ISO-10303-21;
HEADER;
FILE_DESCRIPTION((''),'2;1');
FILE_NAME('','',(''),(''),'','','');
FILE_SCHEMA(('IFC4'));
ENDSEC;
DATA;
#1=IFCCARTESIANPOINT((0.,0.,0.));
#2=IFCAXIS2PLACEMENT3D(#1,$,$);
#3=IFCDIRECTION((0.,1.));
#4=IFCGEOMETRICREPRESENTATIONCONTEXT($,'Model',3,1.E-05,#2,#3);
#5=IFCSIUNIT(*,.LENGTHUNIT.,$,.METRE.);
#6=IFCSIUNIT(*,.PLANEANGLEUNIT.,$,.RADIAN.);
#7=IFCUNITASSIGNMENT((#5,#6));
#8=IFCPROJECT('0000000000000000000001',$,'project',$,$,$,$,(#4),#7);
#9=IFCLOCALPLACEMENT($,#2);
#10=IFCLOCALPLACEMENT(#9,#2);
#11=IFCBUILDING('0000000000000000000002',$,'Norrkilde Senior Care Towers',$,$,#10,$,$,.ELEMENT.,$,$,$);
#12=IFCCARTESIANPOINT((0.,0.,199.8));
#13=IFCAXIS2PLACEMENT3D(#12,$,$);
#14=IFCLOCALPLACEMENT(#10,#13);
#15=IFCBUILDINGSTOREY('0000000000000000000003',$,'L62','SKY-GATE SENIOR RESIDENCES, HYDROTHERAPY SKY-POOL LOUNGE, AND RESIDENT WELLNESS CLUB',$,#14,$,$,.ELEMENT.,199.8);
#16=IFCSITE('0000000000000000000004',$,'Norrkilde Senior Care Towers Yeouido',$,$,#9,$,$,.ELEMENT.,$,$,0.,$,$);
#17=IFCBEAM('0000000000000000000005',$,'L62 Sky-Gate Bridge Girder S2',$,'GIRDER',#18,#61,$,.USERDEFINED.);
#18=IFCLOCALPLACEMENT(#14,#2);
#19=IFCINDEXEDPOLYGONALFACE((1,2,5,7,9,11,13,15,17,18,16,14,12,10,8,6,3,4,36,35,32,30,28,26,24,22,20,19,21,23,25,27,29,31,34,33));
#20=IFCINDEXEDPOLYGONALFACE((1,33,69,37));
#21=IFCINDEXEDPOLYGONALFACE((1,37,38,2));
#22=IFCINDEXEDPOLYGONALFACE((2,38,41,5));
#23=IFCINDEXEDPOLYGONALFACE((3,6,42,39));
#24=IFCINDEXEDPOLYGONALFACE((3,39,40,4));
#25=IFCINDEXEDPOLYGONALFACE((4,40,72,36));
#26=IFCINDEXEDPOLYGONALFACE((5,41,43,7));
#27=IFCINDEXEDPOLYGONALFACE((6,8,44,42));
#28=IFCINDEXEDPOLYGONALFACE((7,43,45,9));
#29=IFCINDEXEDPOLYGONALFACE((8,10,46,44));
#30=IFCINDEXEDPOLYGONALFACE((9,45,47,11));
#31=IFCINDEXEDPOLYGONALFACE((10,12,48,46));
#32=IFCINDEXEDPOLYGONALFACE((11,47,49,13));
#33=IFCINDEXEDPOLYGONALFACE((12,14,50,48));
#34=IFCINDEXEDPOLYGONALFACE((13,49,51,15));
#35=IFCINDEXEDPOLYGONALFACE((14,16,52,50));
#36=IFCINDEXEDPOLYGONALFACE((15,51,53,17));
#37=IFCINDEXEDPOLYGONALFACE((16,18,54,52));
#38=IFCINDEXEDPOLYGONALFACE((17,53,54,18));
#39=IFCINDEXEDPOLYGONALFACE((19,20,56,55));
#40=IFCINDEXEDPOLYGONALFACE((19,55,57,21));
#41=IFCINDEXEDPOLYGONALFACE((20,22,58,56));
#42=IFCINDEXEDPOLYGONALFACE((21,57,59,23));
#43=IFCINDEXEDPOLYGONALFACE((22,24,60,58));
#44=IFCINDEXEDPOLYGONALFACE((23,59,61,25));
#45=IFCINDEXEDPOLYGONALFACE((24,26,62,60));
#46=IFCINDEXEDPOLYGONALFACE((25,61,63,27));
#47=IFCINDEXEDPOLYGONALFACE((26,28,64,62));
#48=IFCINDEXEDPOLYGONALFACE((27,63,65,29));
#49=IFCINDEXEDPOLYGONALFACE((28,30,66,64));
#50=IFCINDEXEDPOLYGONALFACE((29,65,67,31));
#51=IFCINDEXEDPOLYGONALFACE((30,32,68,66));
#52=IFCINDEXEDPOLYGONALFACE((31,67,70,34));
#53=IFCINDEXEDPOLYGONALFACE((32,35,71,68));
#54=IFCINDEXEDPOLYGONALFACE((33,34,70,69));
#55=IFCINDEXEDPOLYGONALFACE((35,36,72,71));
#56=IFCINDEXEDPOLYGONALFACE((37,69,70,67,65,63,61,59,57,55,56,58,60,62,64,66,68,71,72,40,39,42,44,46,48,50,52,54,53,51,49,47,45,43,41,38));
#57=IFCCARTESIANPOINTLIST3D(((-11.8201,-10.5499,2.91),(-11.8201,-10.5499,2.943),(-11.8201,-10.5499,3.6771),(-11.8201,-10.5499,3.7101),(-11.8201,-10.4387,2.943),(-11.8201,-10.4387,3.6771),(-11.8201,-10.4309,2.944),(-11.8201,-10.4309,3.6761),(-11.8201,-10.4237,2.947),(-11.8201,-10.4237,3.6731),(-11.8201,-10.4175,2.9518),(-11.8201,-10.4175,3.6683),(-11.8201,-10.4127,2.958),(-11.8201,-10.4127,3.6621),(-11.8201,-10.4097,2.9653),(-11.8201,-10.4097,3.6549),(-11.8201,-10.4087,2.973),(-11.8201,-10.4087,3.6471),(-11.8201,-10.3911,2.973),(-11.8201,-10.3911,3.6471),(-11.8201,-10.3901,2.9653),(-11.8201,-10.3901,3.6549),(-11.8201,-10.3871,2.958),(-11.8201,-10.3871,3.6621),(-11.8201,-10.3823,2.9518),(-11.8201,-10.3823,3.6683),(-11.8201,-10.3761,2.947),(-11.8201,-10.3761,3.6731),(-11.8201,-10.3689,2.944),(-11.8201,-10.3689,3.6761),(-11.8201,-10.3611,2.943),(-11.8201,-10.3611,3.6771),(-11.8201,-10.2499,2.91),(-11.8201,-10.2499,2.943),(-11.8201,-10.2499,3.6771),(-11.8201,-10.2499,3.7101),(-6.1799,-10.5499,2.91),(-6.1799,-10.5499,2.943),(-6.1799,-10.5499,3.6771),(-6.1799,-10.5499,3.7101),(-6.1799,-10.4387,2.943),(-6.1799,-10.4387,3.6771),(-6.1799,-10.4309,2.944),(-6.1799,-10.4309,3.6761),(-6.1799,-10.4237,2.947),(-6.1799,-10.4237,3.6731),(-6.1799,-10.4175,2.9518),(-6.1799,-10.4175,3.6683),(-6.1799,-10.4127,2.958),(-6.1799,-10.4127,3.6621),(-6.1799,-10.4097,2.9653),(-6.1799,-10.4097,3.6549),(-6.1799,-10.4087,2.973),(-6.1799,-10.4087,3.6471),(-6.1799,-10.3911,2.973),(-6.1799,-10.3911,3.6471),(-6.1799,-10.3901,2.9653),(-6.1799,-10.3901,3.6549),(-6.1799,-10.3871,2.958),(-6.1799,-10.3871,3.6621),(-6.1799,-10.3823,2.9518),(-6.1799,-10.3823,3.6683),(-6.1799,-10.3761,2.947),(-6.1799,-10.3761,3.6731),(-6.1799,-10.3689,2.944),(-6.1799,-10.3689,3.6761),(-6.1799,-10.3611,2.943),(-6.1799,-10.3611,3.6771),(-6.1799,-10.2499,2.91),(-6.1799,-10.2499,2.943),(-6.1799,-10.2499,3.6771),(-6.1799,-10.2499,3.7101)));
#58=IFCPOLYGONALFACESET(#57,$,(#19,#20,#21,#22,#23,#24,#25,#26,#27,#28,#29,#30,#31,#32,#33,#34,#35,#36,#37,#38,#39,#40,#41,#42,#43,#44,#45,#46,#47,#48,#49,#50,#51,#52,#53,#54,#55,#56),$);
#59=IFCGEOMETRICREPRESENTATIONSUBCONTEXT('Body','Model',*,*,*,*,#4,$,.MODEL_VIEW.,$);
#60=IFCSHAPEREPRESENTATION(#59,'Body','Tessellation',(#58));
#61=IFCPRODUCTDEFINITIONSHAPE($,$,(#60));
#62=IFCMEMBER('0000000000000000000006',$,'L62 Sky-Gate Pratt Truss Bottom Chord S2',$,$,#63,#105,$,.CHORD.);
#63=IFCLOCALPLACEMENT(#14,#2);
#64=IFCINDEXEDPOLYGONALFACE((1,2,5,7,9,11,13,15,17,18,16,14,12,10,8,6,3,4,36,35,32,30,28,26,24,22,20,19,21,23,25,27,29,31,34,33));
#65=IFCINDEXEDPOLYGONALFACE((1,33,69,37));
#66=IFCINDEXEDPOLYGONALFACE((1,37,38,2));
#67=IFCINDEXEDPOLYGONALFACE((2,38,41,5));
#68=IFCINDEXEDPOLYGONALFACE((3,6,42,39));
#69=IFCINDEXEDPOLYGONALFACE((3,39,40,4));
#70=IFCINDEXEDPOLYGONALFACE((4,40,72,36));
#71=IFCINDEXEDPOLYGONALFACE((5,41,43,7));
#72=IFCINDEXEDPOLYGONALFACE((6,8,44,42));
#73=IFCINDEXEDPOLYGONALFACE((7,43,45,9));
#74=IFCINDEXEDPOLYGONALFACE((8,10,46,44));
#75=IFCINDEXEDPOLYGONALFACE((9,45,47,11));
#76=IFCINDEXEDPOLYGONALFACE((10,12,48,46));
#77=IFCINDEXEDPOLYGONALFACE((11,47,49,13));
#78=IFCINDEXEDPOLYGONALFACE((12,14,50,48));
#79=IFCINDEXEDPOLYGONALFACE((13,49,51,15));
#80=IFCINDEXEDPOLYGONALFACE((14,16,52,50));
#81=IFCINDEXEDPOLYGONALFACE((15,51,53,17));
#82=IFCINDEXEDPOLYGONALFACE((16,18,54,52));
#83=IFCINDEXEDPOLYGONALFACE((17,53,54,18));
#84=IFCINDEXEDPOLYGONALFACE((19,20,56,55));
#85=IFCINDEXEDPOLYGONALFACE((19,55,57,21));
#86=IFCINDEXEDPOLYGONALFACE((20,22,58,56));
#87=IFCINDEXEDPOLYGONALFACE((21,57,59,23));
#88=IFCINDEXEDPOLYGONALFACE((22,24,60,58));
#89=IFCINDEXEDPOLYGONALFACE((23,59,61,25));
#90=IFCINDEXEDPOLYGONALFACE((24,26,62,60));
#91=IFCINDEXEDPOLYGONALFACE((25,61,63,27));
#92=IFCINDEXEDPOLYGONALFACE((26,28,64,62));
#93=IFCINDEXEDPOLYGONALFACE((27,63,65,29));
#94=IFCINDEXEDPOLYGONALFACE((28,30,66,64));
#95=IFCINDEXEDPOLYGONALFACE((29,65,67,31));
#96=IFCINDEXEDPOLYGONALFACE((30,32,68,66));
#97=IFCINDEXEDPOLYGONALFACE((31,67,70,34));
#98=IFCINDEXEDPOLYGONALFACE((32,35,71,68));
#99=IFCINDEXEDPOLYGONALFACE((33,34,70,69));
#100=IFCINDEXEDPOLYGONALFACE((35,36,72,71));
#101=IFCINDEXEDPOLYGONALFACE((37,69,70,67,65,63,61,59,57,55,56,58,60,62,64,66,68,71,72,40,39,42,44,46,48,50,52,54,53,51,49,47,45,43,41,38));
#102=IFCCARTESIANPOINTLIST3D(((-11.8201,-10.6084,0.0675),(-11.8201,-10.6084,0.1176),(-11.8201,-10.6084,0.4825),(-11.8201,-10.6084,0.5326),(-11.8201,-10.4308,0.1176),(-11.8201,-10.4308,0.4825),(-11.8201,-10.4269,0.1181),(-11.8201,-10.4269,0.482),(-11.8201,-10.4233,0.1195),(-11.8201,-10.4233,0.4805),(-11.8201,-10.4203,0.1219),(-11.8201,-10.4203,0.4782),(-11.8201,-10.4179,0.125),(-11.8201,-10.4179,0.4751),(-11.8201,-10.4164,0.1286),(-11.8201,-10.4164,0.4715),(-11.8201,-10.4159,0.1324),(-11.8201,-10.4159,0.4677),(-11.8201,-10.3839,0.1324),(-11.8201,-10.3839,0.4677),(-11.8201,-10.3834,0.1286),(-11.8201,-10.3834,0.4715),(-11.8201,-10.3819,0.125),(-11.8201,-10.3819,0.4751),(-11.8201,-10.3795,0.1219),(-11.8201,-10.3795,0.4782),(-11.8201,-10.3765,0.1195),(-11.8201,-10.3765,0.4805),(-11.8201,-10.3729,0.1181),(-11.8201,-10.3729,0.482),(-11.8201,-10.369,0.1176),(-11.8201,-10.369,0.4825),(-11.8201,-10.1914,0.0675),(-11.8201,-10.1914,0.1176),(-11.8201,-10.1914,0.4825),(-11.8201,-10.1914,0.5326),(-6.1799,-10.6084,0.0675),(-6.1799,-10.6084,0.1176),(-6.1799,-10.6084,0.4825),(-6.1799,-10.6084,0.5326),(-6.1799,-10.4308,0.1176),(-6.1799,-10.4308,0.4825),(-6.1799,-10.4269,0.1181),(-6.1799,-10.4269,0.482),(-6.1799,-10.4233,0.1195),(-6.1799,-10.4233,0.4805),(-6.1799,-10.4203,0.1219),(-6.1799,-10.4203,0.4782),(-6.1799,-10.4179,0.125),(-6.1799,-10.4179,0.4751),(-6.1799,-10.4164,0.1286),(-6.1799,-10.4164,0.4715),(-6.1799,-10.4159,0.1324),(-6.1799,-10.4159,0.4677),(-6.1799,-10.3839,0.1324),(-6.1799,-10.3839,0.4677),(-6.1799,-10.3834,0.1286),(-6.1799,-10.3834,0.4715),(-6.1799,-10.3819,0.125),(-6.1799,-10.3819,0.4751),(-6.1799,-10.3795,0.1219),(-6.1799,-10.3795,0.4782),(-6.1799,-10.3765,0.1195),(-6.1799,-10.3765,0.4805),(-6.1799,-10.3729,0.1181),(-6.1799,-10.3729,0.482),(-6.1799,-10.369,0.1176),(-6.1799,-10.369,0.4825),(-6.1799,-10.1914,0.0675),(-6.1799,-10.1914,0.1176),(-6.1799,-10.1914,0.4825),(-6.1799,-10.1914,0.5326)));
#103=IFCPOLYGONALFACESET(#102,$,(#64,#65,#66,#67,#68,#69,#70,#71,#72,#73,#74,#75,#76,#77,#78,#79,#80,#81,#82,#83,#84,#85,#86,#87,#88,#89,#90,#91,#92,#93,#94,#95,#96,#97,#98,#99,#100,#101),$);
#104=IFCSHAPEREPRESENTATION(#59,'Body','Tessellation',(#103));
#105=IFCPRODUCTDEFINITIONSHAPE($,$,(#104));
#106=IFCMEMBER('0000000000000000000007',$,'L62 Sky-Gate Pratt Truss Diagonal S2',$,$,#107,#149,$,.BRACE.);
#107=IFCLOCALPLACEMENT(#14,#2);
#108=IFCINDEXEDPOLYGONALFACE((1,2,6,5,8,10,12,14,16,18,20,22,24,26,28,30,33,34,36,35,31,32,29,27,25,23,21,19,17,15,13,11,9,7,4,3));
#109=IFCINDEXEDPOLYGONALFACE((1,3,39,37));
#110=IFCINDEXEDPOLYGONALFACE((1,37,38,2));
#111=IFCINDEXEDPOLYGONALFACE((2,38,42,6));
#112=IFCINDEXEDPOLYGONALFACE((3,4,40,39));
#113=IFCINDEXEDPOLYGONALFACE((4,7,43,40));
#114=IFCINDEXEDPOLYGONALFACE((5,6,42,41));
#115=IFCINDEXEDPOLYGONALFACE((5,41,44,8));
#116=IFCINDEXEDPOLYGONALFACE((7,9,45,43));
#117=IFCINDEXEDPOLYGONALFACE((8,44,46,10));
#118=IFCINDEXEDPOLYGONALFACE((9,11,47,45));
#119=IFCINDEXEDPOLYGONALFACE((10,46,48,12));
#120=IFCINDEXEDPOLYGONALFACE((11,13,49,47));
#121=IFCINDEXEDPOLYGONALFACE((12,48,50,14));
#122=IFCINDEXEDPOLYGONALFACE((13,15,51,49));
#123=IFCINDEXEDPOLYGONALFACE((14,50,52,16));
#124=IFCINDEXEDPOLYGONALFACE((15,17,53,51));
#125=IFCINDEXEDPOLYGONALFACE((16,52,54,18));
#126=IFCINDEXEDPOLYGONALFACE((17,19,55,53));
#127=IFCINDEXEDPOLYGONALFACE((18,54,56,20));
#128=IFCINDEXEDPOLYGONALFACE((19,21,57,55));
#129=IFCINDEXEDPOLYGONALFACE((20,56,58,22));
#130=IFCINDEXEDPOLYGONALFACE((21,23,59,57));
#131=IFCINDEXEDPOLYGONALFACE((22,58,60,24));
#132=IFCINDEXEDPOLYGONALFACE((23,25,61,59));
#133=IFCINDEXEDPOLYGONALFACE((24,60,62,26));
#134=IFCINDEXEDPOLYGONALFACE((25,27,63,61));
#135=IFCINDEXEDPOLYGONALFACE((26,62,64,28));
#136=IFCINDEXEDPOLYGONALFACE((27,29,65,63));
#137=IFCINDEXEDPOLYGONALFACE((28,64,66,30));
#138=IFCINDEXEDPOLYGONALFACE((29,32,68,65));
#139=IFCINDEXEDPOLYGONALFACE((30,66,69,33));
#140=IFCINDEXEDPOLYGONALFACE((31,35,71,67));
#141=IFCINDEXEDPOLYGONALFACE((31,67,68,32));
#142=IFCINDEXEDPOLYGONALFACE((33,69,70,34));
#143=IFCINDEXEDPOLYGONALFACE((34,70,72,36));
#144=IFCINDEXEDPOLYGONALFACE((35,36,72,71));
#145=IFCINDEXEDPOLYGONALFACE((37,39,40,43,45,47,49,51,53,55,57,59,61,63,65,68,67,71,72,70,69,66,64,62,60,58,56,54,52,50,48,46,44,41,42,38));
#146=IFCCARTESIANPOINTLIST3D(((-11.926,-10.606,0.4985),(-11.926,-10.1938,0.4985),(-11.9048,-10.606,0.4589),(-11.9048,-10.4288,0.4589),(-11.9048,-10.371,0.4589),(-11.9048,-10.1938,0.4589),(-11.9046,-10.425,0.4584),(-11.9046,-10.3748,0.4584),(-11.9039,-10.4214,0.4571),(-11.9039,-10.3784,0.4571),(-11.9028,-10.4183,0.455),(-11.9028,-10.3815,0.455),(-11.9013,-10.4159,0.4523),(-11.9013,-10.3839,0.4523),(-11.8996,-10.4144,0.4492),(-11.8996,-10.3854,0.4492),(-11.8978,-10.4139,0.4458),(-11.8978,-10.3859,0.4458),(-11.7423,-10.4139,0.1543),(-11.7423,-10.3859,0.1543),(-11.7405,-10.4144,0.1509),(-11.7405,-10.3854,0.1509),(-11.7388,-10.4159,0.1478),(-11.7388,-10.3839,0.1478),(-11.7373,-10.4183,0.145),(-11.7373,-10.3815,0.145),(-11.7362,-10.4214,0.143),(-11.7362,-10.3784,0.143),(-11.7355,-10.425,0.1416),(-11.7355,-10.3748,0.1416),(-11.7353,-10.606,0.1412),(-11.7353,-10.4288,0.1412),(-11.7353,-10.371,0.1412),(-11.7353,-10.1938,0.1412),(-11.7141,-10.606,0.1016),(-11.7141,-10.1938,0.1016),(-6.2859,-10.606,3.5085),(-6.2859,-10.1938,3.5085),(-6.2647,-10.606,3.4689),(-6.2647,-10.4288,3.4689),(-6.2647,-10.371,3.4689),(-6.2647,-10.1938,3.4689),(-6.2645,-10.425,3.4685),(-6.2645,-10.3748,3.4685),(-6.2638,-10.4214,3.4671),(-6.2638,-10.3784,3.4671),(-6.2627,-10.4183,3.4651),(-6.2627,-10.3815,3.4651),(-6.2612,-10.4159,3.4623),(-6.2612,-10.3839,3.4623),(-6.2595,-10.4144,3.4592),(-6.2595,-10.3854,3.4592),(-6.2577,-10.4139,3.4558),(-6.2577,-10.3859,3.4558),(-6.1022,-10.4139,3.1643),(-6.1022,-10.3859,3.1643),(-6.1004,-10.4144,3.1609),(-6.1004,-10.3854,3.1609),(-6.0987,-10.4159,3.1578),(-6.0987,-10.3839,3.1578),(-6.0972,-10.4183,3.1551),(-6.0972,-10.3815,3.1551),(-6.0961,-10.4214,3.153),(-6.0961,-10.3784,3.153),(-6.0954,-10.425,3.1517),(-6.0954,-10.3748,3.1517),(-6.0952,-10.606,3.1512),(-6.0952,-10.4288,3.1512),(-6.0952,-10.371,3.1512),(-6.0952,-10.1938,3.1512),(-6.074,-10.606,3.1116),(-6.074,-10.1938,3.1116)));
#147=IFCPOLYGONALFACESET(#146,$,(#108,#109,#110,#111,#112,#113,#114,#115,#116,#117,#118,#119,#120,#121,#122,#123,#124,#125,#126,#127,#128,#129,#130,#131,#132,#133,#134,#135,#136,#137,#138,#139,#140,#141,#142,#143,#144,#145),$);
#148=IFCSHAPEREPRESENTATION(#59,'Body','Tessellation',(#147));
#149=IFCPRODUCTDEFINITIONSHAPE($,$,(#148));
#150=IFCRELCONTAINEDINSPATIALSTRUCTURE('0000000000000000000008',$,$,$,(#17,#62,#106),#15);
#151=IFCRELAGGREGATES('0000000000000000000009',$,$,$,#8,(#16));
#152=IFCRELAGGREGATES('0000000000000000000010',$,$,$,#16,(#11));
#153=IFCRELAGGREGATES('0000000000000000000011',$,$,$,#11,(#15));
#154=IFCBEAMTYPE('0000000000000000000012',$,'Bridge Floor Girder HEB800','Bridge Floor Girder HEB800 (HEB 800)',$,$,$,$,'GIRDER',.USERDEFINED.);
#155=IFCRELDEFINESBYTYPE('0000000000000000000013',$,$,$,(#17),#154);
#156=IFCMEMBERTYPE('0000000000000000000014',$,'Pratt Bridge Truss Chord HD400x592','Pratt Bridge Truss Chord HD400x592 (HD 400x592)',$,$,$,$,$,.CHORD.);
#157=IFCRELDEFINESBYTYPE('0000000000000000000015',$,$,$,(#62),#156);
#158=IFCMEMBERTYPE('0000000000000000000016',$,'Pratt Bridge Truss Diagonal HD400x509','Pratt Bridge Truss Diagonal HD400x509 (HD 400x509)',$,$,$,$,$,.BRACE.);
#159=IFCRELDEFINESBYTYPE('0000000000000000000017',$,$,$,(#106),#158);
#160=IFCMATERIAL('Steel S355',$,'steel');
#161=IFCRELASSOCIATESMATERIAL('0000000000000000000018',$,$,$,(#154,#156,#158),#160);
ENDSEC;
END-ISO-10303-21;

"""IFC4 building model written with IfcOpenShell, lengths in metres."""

from ifc_helpers import new_model, si_unit, direction, frame, origin, origin_2d, place, context, subcontext, project, spatial, i_section, extrude, source, transform, mapped, material, material_profile, profile_set, type_object, type_shapes, element, save


model = new_model("IFC4")

# Units and contexts
model_context = context("Model", 3, precision=1e-05, world=origin(), true_north=direction((0.0, 1.0)))
body_context = subcontext(model_context, "Body", "Model", "MODEL_VIEW")
ifc_project = project(units=[si_unit("LENGTHUNIT", "METRE"), si_unit("PLANEANGLEUNIT", "RADIAN")], contexts=[model_context])

# Site, building, storey
site_placement = place(None, origin())
site = spatial("IfcSite", under=ifc_project, at=site_placement, Name="Norrkilde Senior Care Towers Yeouido", CompositionType="ELEMENT", RefElevation=0.0)
building_placement = place(site_placement, origin())
building = spatial("IfcBuilding", under=site, at=building_placement, Name="Norrkilde Senior Care Towers", CompositionType="ELEMENT")
storey_placement = place(building_placement, frame((0.0, 0.0, 199.8)))
storey = spatial("IfcBuildingStorey", under=building, at=storey_placement, Name="L62", Description="SKY-GATE SENIOR RESIDENCES, HYDROTHERAPY SKY-POOL LOUNGE, AND RESIDENT WELLNESS CLUB", CompositionType="ELEMENT", Elevation=199.8)

# Shared definitions
ifc_material_1 = material(Name="Steel S355", Category="steel")

# Beam
ifc_material_profile_1 = material_profile(ifc_material_1, i_section(OverallWidth=0.3, OverallDepth=0.8, WebThickness=0.0176, FlangeThickness=0.033, FilletRadius=0.03, at=origin_2d()), Name="HEB 800")
ifc_profile_set_1 = profile_set([ifc_material_profile_1], Name="Steel S355")
beam_type_1 = type_object("IfcBeamType", Name="Bridge Floor Girder HEB800", Description="Bridge Floor Girder HEB800 (HEB 800)", ElementType="GIRDER", PredefinedType="USERDEFINED", material=ifc_profile_set_1)
shared_shape_1 = source(origin(), body_context, "Body", "SweptSolid", [
    extrude(i_section(OverallWidth=0.3, OverallDepth=0.8, WebThickness=0.0176, FlangeThickness=0.033, FilletRadius=0.03, at=origin_2d()), origin(), (0.0, 0.0, 1.0), 5.6401),
])
type_shapes(beam_type_1, [shared_shape_1])
beam_1_placement = place(storey_placement, frame((-11.8201, -10.3999, 3.3101), z_axis=(1.0, 0.0, 0.0), x_axis=(0.0, 1.0, 0.0)))
element("IfcBeam", 1, at=beam_1_placement, inside=storey, type_object=beam_type_1, Name="L62 Sky-Gate Bridge Girder S2", ObjectType="GIRDER", PredefinedType="USERDEFINED", context=body_context, shape_type="MappedRepresentation", body=[
    mapped(shared_shape_1, transform((0.0, 0.0, 0.0), x_axis=(1.0, 0.0, 0.0), y_axis=(0.0, 1.0, 0.0), z_axis=(0.0, 0.0, 1.0), scale=1.0)),
])

# Members
ifc_material_profile_2 = material_profile(ifc_material_1, i_section(OverallWidth=0.417, OverallDepth=0.4651, WebThickness=0.032, FlangeThickness=0.05, FilletRadius=0.0149, at=origin_2d()), Name="HD 400x592")
ifc_profile_set_2 = profile_set([ifc_material_profile_2], Name="Steel S355")
member_type_1 = type_object("IfcMemberType", Name="Pratt Bridge Truss Chord HD400x592", Description="Pratt Bridge Truss Chord HD400x592 (HD 400x592)", PredefinedType="CHORD", material=ifc_profile_set_2)
shared_shape_2 = source(origin(), body_context, "Body", "SweptSolid", [
    extrude(i_section(OverallWidth=0.417, OverallDepth=0.4651, WebThickness=0.032, FlangeThickness=0.05, FilletRadius=0.0149, at=origin_2d()), origin(), (0.0, 0.0, 1.0), 5.6401),
])
type_shapes(member_type_1, [shared_shape_2])
member_1_placement = place(storey_placement, frame((-11.8201, -10.3999, 0.3), z_axis=(1.0, 0.0, 0.0), x_axis=(0.0, 1.0, 0.0)))
element("IfcMember", 2, at=member_1_placement, inside=storey, type_object=member_type_1, Name="L62 Sky-Gate Pratt Truss Bottom Chord S2", PredefinedType="CHORD", context=body_context, shape_type="MappedRepresentation", body=[
    mapped(shared_shape_2, transform((0.0, 0.0, 0.0), x_axis=(1.0, 0.0, 0.0), y_axis=(0.0, 1.0, 0.0), z_axis=(0.0, 0.0, 1.0), scale=1.0)),
])
ifc_material_profile_3 = material_profile(ifc_material_1, i_section(OverallWidth=0.4121, OverallDepth=0.45, WebThickness=0.0281, FlangeThickness=0.0449, FilletRadius=0.0149, at=origin_2d()), Name="HD 400x509")
ifc_profile_set_3 = profile_set([ifc_material_profile_3], Name="Steel S355")
member_type_2 = type_object("IfcMemberType", Name="Pratt Bridge Truss Diagonal HD400x509", Description="Pratt Bridge Truss Diagonal HD400x509 (HD 400x509)", PredefinedType="BRACE", material=ifc_profile_set_3)
shared_shape_3 = source(origin(), body_context, "Body", "SweptSolid", [
    extrude(i_section(OverallWidth=0.4121, OverallDepth=0.45, WebThickness=0.0281, FlangeThickness=0.0449, FilletRadius=0.0149, at=origin_2d()), origin(), (0.0, 0.0, 1.0), 6.3931),
])
type_shapes(member_type_2, [shared_shape_3])
member_2_placement = place(storey_placement, frame((-11.8201, -10.3999, 0.3), z_axis=(0.882227, 0.0, 0.470824), x_axis=(0.0, 1.0, 0.0)))
element("IfcMember", 3, at=member_2_placement, inside=storey, type_object=member_type_2, Name="L62 Sky-Gate Pratt Truss Diagonal S2", PredefinedType="BRACE", context=body_context, shape_type="MappedRepresentation", body=[
    mapped(shared_shape_3, transform((0.0, 0.0, 0.0), x_axis=(1.0, 0.0, 0.0), y_axis=(0.0, 1.0, 0.0), z_axis=(0.0, 0.0, 1.0), scale=1.0)),
])

save(model, "model.ifc")
